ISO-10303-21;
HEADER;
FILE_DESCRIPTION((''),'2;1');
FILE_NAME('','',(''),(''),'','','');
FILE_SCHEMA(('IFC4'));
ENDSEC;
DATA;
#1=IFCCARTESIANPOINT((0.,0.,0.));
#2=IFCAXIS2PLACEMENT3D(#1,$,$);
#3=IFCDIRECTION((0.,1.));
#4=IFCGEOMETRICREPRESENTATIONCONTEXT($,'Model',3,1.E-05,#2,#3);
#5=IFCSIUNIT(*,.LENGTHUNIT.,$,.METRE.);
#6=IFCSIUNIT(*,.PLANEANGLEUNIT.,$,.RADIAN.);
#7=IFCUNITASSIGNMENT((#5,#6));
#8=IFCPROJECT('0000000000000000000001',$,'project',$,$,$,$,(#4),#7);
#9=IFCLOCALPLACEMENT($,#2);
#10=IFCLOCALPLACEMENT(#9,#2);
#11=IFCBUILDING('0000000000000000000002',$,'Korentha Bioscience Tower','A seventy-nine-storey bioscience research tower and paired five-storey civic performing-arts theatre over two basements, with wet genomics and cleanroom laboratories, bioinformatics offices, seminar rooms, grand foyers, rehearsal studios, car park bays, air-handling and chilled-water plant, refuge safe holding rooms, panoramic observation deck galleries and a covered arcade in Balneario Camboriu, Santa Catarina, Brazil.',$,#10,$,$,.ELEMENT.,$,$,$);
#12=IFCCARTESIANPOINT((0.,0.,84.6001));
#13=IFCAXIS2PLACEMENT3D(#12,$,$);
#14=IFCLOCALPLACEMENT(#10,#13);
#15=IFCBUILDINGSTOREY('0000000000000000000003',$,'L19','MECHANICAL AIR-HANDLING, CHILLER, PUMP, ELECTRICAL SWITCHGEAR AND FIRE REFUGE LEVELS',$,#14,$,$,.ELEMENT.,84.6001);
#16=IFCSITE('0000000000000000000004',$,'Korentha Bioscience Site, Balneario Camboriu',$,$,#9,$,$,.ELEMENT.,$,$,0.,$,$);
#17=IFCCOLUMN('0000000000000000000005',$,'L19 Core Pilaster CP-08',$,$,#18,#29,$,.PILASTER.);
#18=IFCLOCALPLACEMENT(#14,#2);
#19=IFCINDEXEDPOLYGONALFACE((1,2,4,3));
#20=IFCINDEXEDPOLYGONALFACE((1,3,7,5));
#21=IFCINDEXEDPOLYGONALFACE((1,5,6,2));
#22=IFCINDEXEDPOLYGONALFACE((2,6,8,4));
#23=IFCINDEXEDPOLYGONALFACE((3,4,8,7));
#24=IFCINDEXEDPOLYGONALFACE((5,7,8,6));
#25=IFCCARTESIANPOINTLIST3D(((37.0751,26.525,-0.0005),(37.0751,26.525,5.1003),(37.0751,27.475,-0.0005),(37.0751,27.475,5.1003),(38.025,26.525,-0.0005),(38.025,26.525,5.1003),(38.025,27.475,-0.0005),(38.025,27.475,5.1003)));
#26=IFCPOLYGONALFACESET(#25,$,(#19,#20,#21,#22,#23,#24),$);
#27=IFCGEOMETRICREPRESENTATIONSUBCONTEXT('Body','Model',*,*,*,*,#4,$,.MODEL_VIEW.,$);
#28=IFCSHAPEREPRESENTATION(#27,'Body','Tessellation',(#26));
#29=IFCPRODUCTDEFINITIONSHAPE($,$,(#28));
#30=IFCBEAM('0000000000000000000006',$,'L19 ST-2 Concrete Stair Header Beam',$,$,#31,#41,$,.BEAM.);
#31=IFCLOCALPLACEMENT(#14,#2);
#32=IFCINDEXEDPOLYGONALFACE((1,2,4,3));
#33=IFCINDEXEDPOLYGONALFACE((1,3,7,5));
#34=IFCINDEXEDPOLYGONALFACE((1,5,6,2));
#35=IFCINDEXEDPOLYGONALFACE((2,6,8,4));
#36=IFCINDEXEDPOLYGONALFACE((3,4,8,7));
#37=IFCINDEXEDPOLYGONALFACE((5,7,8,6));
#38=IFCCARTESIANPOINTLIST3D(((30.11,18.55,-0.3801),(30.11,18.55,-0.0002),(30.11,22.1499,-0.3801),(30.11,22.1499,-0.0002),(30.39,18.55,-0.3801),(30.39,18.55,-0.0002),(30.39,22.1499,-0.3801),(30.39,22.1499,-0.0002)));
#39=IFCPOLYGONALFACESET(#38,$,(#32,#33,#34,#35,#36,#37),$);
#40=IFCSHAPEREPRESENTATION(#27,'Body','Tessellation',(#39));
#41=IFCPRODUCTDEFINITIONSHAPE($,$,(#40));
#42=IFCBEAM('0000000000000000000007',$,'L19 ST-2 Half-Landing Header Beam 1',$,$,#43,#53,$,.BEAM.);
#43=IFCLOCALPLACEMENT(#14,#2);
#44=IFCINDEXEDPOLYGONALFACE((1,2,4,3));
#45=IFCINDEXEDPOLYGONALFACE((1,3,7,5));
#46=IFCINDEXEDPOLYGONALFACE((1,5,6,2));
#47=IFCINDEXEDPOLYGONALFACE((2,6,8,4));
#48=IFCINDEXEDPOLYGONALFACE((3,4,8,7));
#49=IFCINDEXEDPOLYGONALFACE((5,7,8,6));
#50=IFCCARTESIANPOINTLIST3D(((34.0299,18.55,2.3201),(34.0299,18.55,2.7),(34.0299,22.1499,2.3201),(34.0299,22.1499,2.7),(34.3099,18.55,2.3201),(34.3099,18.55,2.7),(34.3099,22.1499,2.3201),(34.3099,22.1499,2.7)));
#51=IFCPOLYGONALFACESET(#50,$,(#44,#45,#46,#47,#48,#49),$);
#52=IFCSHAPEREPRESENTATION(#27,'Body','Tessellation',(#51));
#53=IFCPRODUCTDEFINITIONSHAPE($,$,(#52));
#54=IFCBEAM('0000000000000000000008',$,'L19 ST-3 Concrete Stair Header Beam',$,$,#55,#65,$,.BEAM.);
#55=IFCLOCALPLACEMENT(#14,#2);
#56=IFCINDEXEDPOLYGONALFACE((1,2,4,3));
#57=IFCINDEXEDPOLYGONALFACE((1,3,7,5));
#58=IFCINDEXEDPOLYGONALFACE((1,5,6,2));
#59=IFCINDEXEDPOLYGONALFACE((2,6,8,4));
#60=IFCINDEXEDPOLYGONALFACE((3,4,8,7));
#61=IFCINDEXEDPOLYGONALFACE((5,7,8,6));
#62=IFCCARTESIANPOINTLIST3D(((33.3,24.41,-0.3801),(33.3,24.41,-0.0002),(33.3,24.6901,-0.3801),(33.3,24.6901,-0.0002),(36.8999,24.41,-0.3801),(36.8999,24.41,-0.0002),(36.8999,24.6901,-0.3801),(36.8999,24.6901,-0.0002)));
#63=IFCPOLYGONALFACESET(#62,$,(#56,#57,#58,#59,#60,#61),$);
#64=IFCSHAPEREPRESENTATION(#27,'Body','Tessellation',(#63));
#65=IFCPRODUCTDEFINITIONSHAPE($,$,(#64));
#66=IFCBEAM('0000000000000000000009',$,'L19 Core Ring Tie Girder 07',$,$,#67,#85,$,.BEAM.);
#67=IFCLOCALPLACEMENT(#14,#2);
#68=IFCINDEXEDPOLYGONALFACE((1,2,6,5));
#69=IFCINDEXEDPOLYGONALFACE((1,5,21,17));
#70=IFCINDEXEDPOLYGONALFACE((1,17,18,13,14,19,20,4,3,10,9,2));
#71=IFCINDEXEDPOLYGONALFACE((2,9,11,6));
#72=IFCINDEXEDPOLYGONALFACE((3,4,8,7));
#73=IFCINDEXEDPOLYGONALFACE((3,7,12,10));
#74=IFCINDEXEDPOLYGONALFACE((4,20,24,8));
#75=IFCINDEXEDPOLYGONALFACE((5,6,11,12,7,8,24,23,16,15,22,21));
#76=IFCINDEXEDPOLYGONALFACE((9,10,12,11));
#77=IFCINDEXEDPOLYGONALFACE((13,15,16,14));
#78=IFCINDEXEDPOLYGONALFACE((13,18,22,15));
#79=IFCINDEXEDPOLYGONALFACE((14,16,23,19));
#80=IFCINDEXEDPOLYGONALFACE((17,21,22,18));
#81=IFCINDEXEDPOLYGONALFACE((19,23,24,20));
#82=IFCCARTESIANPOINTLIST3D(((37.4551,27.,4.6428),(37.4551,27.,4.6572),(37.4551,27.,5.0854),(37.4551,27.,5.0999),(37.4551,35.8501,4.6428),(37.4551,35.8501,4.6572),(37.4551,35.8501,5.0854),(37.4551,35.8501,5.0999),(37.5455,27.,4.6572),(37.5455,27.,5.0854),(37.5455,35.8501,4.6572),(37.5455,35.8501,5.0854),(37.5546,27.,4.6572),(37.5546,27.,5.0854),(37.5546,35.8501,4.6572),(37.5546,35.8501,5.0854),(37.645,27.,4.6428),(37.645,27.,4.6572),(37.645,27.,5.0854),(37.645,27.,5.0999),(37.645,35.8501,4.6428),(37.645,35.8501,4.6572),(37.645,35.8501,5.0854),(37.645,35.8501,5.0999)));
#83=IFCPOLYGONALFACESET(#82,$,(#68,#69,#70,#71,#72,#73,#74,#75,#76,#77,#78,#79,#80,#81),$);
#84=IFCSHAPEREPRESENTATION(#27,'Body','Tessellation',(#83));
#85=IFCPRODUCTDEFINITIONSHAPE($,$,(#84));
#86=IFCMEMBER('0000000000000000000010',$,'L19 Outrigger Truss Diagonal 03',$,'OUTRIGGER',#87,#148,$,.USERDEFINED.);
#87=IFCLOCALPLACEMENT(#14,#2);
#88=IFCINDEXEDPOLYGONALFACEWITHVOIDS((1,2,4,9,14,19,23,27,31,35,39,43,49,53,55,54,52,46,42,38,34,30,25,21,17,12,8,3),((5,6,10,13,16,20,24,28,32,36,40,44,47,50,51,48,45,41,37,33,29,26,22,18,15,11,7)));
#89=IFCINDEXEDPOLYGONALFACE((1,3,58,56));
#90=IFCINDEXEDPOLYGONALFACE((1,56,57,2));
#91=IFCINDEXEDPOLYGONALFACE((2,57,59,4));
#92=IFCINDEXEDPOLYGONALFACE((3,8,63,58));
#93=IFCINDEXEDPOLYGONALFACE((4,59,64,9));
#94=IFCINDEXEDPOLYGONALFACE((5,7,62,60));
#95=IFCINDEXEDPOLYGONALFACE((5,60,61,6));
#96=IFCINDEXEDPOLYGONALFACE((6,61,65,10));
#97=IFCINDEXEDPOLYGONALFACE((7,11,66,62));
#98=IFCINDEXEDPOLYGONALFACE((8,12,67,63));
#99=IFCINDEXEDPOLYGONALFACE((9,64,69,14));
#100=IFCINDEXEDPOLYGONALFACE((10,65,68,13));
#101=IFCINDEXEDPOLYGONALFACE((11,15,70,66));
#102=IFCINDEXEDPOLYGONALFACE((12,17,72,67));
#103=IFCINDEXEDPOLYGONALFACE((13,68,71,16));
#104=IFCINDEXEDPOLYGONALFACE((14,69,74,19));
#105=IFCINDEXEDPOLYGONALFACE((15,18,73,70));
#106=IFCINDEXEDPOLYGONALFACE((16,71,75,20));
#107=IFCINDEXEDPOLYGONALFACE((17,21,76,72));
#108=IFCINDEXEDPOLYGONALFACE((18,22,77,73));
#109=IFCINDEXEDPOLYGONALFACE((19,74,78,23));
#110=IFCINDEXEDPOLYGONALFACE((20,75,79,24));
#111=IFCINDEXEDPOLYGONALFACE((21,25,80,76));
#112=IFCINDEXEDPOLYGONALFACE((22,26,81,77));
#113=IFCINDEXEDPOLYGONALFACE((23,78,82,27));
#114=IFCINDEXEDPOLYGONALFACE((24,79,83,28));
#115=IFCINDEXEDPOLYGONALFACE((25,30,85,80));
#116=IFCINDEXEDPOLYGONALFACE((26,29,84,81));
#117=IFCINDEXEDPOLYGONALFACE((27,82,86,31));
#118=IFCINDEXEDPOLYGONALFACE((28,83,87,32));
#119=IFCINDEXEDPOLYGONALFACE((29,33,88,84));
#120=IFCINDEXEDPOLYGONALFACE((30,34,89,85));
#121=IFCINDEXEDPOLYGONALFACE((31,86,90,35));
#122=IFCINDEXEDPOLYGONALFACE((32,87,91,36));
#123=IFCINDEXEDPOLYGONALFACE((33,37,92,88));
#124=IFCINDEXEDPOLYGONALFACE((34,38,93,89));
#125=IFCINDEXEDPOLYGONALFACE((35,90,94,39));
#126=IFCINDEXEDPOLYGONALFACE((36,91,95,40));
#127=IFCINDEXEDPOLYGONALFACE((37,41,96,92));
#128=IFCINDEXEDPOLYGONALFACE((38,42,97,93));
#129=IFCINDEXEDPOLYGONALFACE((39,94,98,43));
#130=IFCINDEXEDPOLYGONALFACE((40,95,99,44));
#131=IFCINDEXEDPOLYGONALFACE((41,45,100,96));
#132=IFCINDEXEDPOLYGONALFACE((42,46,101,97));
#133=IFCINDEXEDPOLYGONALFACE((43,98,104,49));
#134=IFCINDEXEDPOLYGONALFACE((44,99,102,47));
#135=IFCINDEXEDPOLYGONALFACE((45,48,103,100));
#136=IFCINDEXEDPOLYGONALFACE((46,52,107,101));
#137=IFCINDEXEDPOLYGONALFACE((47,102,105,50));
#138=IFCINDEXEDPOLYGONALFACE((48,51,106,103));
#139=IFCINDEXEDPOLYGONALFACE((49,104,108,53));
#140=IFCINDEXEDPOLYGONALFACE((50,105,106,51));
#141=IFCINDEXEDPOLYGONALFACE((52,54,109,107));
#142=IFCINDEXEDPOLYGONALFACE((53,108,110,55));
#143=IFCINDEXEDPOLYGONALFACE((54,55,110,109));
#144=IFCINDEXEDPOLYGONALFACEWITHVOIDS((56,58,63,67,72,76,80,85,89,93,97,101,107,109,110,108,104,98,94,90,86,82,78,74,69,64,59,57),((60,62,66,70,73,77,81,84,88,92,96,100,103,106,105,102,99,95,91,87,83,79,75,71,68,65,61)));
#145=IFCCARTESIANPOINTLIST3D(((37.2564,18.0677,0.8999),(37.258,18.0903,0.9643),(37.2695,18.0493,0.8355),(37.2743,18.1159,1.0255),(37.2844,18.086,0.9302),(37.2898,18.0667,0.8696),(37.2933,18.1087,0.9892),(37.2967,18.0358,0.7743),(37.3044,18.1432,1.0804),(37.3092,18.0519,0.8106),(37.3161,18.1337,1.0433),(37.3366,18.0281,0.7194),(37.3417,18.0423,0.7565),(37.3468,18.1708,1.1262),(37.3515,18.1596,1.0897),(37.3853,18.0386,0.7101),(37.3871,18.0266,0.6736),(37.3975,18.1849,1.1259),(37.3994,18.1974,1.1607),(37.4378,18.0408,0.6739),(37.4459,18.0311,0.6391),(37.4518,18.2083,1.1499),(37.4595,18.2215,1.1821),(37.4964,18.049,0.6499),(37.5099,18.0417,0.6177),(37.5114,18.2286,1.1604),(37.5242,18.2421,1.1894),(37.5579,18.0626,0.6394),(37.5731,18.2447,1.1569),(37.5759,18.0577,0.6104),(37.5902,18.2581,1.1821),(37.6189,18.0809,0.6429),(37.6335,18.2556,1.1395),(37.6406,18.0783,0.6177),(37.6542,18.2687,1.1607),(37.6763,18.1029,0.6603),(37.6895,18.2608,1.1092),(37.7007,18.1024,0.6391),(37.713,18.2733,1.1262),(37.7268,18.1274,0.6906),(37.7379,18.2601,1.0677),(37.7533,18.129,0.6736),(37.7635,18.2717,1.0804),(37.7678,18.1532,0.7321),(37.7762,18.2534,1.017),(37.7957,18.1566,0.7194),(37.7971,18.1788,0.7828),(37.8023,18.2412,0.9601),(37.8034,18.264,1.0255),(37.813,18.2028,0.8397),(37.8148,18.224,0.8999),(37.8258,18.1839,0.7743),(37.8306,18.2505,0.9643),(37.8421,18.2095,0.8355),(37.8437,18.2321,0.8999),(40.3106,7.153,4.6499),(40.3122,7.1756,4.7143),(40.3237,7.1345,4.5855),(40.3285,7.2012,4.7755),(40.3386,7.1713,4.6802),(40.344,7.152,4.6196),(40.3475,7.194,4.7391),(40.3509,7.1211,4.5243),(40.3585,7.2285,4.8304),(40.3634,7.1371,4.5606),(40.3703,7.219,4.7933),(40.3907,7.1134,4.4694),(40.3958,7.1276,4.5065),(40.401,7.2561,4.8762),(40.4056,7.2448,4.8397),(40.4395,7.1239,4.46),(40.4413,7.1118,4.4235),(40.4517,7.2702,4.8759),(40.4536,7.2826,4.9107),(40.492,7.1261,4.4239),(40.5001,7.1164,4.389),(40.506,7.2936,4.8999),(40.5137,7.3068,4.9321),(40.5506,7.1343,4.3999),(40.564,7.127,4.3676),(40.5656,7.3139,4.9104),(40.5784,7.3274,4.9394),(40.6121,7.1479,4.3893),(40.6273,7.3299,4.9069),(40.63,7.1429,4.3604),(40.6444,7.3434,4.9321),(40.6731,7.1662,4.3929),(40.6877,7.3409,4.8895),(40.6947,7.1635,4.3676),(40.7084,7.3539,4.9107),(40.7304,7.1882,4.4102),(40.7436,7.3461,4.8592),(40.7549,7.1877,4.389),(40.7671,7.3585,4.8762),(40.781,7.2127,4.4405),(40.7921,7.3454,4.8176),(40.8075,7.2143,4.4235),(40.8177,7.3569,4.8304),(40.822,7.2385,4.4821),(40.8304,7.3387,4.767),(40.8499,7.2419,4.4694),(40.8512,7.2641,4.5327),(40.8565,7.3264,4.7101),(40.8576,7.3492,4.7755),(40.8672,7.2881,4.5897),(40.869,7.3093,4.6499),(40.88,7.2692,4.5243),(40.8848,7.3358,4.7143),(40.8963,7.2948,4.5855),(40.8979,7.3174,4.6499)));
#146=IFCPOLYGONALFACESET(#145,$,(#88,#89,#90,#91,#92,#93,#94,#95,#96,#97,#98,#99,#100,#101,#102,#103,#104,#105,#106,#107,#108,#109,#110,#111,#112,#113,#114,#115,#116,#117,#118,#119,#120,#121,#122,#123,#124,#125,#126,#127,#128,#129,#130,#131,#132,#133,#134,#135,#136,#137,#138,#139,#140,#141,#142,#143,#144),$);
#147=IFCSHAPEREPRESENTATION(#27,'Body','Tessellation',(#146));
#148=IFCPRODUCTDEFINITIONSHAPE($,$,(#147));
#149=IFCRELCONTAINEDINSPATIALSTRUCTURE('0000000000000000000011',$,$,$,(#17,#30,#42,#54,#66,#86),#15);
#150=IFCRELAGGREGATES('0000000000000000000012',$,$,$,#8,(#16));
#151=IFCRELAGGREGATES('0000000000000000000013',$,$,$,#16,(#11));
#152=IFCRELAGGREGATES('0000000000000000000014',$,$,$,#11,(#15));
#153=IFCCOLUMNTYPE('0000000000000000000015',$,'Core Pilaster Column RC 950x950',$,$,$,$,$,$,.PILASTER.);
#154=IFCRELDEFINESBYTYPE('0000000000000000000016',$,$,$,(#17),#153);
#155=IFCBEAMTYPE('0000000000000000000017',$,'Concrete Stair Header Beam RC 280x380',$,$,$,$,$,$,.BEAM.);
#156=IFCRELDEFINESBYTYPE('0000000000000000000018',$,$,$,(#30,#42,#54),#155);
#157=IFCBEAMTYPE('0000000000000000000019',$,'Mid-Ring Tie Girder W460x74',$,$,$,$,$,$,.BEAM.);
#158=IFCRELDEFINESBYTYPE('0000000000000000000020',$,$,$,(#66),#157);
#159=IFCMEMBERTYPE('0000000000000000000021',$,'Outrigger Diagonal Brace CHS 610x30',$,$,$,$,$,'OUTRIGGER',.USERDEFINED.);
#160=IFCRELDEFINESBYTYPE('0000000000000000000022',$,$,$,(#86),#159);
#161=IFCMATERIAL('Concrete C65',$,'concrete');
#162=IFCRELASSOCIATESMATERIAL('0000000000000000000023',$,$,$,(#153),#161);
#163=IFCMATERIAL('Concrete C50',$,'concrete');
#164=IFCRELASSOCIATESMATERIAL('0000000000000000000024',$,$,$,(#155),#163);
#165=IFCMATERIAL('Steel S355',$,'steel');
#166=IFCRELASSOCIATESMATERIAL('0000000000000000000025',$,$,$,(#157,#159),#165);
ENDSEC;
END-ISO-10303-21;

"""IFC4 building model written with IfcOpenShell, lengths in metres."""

from ifc_helpers import new_model, si_unit, direction, frame, origin, origin_2d, place, context, subcontext, project, spatial, rectangle, hollow_circle, i_section, extrude, material, material_profile, profile_set, type_object, element, save


model = new_model("IFC4")

# Units and contexts
model_context = context("Model", 3, precision=1e-05, world=origin(), true_north=direction((0.0, 1.0)))
body_context = subcontext(model_context, "Body", "Model", "MODEL_VIEW")
ifc_project = project(units=[si_unit("LENGTHUNIT", "METRE"), si_unit("PLANEANGLEUNIT", "RADIAN")], contexts=[model_context])

# Site, building, storey
site_placement = place(None, origin())
site = spatial("IfcSite", under=ifc_project, at=site_placement, Name="Korentha Bioscience Site, Balneario Camboriu", CompositionType="ELEMENT", RefElevation=0.0)
building_placement = place(site_placement, origin())
building = spatial("IfcBuilding", under=site, at=building_placement, Name="Korentha Bioscience Tower", Description="A seventy-nine-storey bioscience research tower and paired five-storey civic performing-arts theatre over two basements, with wet genomics and cleanroom laboratories, bioinformatics offices, seminar rooms, grand foyers, rehearsal studios, car park bays, air-handling and chilled-water plant, refuge safe holding rooms, panoramic observation deck galleries and a covered arcade in Balneario Camboriu, Santa Catarina, Brazil.", CompositionType="ELEMENT")
storey_placement = place(building_placement, frame((0.0, 0.0, 84.6001)))
storey = spatial("IfcBuildingStorey", under=building, at=storey_placement, Name="L19", Description="MECHANICAL AIR-HANDLING, CHILLER, PUMP, ELECTRICAL SWITCHGEAR AND FIRE REFUGE LEVELS", CompositionType="ELEMENT", Elevation=84.6001)

# Column
ifc_material_1 = material(Name="Concrete C65", Category="concrete")
ifc_material_profile_1 = material_profile(ifc_material_1, rectangle(XDim=0.95, YDim=0.95, at=origin_2d()), Name="Concrete C65")
ifc_profile_set_1 = profile_set([ifc_material_profile_1], Name="Concrete C65 (COL-CP09)")
column_type = type_object("IfcColumnType", Name="Core Pilaster Column RC 950x950", PredefinedType="PILASTER", material=ifc_profile_set_1)
column_placement = place(storey_placement, frame((37.55, 27.0, -0.0005), z_axis=(0.0, 0.0, 1.0), x_axis=(1.0, 0.0, 0.0)))
element("IfcColumn", 1, at=column_placement, inside=storey, type_object=column_type, Name="L19 Core Pilaster CP-08", PredefinedType="PILASTER", context=body_context, shape_type="SweptSolid", body=[
    extrude(rectangle(XDim=0.95, YDim=0.95, at=origin_2d()), origin(), (0.0, 0.0, 1.0), 5.1008),
])

# Beams
ifc_material_2 = material(Name="Concrete C50", Category="concrete")
ifc_material_profile_2 = material_profile(ifc_material_2, rectangle(XDim=0.28, YDim=0.3799, at=origin_2d()), Name="Concrete C50")
ifc_profile_set_2 = profile_set([ifc_material_profile_2], Name="Concrete C50 (ST-HB380)")
beam_type_1 = type_object("IfcBeamType", Name="Concrete Stair Header Beam RC 280x380", PredefinedType="BEAM", material=ifc_profile_set_2)
for number, where, z_axis, x_axis, name in (
    (2, (30.25, 18.55, -0.1902), (0.0, 1.0, 0.0), (-1.0, 0.0, 0.0), "L19 ST-2 Concrete Stair Header Beam"),
    (3, (34.1699, 18.55, 2.51), (0.0, 1.0, 0.0), (-1.0, 0.0, 0.0), "L19 ST-2 Half-Landing Header Beam 1"),
    (4, (36.8999, 24.55, -0.1902), (-1.0, 0.0, 0.0), (0.0, -1.0, 0.0), "L19 ST-3 Concrete Stair Header Beam"),
):
    element("IfcBeam", number, at=place(storey_placement, frame(where, z_axis=z_axis, x_axis=x_axis)), inside=storey, type_object=beam_type_1, Name=name, PredefinedType="BEAM", context=body_context, shape_type="SweptSolid", body=[
        extrude(rectangle(XDim=0.28, YDim=0.3799, at=origin_2d()), origin(), (0.0, 0.0, 1.0), 3.5999),
    ])
ifc_material_3 = material(Name="Steel S355", Category="steel")
ifc_material_profile_3 = material_profile(ifc_material_3, i_section(OverallWidth=0.1899, OverallDepth=0.457, WebThickness=0.009, FlangeThickness=0.0144, at=origin_2d()), Name="Steel S355")
ifc_profile_set_3 = profile_set([ifc_material_profile_3], Name="Steel S355 (MB-460)")
beam_type_2 = type_object("IfcBeamType", Name="Mid-Ring Tie Girder W460x74", PredefinedType="BEAM", material=ifc_profile_set_3)
beam_1_placement = place(storey_placement, frame((37.55, 27.0, 4.8713), z_axis=(0.0, 1.0, 0.0), x_axis=(-1.0, 0.0, 0.0)))
element("IfcBeam", 5, at=beam_1_placement, inside=storey, type_object=beam_type_2, Name="L19 Core Ring Tie Girder 07", PredefinedType="BEAM", context=body_context, shape_type="SweptSolid", body=[
    extrude(i_section(OverallWidth=0.1899, OverallDepth=0.457, WebThickness=0.009, FlangeThickness=0.0144, at=origin_2d()), origin(), (0.0, 0.0, 1.0), 8.8501),
])

# Member
ifc_material_profile_4 = material_profile(ifc_material_3, hollow_circle(Radius=0.3049, WallThickness=0.03, at=origin_2d()), Name="Steel S355")
ifc_profile_set_4 = profile_set([ifc_material_profile_4], Name="Steel S355 (OU-610)")
member_type = type_object("IfcMemberType", Name="Outrigger Diagonal Brace CHS 610x30", ElementType="OUTRIGGER", PredefinedType="USERDEFINED", material=ifc_profile_set_4)
member_1_placement = place(storey_placement, frame((37.55, 18.1499, 0.8999), z_axis=(0.255832, -0.914266, 0.314115), x_axis=(0.963009, 0.269471, 0.0)))
element("IfcMember", 6, at=member_1_placement, inside=storey, type_object=member_type, Name="L19 Outrigger Truss Diagonal 03", ObjectType="OUTRIGGER", PredefinedType="USERDEFINED", context=body_context, shape_type="SweptSolid", body=[
    extrude(hollow_circle(Radius=0.3049, WallThickness=0.03, at=origin_2d()), origin(), (0.0, 0.0, 1.0), 11.9382),
])

save(model, "model.ifc")
